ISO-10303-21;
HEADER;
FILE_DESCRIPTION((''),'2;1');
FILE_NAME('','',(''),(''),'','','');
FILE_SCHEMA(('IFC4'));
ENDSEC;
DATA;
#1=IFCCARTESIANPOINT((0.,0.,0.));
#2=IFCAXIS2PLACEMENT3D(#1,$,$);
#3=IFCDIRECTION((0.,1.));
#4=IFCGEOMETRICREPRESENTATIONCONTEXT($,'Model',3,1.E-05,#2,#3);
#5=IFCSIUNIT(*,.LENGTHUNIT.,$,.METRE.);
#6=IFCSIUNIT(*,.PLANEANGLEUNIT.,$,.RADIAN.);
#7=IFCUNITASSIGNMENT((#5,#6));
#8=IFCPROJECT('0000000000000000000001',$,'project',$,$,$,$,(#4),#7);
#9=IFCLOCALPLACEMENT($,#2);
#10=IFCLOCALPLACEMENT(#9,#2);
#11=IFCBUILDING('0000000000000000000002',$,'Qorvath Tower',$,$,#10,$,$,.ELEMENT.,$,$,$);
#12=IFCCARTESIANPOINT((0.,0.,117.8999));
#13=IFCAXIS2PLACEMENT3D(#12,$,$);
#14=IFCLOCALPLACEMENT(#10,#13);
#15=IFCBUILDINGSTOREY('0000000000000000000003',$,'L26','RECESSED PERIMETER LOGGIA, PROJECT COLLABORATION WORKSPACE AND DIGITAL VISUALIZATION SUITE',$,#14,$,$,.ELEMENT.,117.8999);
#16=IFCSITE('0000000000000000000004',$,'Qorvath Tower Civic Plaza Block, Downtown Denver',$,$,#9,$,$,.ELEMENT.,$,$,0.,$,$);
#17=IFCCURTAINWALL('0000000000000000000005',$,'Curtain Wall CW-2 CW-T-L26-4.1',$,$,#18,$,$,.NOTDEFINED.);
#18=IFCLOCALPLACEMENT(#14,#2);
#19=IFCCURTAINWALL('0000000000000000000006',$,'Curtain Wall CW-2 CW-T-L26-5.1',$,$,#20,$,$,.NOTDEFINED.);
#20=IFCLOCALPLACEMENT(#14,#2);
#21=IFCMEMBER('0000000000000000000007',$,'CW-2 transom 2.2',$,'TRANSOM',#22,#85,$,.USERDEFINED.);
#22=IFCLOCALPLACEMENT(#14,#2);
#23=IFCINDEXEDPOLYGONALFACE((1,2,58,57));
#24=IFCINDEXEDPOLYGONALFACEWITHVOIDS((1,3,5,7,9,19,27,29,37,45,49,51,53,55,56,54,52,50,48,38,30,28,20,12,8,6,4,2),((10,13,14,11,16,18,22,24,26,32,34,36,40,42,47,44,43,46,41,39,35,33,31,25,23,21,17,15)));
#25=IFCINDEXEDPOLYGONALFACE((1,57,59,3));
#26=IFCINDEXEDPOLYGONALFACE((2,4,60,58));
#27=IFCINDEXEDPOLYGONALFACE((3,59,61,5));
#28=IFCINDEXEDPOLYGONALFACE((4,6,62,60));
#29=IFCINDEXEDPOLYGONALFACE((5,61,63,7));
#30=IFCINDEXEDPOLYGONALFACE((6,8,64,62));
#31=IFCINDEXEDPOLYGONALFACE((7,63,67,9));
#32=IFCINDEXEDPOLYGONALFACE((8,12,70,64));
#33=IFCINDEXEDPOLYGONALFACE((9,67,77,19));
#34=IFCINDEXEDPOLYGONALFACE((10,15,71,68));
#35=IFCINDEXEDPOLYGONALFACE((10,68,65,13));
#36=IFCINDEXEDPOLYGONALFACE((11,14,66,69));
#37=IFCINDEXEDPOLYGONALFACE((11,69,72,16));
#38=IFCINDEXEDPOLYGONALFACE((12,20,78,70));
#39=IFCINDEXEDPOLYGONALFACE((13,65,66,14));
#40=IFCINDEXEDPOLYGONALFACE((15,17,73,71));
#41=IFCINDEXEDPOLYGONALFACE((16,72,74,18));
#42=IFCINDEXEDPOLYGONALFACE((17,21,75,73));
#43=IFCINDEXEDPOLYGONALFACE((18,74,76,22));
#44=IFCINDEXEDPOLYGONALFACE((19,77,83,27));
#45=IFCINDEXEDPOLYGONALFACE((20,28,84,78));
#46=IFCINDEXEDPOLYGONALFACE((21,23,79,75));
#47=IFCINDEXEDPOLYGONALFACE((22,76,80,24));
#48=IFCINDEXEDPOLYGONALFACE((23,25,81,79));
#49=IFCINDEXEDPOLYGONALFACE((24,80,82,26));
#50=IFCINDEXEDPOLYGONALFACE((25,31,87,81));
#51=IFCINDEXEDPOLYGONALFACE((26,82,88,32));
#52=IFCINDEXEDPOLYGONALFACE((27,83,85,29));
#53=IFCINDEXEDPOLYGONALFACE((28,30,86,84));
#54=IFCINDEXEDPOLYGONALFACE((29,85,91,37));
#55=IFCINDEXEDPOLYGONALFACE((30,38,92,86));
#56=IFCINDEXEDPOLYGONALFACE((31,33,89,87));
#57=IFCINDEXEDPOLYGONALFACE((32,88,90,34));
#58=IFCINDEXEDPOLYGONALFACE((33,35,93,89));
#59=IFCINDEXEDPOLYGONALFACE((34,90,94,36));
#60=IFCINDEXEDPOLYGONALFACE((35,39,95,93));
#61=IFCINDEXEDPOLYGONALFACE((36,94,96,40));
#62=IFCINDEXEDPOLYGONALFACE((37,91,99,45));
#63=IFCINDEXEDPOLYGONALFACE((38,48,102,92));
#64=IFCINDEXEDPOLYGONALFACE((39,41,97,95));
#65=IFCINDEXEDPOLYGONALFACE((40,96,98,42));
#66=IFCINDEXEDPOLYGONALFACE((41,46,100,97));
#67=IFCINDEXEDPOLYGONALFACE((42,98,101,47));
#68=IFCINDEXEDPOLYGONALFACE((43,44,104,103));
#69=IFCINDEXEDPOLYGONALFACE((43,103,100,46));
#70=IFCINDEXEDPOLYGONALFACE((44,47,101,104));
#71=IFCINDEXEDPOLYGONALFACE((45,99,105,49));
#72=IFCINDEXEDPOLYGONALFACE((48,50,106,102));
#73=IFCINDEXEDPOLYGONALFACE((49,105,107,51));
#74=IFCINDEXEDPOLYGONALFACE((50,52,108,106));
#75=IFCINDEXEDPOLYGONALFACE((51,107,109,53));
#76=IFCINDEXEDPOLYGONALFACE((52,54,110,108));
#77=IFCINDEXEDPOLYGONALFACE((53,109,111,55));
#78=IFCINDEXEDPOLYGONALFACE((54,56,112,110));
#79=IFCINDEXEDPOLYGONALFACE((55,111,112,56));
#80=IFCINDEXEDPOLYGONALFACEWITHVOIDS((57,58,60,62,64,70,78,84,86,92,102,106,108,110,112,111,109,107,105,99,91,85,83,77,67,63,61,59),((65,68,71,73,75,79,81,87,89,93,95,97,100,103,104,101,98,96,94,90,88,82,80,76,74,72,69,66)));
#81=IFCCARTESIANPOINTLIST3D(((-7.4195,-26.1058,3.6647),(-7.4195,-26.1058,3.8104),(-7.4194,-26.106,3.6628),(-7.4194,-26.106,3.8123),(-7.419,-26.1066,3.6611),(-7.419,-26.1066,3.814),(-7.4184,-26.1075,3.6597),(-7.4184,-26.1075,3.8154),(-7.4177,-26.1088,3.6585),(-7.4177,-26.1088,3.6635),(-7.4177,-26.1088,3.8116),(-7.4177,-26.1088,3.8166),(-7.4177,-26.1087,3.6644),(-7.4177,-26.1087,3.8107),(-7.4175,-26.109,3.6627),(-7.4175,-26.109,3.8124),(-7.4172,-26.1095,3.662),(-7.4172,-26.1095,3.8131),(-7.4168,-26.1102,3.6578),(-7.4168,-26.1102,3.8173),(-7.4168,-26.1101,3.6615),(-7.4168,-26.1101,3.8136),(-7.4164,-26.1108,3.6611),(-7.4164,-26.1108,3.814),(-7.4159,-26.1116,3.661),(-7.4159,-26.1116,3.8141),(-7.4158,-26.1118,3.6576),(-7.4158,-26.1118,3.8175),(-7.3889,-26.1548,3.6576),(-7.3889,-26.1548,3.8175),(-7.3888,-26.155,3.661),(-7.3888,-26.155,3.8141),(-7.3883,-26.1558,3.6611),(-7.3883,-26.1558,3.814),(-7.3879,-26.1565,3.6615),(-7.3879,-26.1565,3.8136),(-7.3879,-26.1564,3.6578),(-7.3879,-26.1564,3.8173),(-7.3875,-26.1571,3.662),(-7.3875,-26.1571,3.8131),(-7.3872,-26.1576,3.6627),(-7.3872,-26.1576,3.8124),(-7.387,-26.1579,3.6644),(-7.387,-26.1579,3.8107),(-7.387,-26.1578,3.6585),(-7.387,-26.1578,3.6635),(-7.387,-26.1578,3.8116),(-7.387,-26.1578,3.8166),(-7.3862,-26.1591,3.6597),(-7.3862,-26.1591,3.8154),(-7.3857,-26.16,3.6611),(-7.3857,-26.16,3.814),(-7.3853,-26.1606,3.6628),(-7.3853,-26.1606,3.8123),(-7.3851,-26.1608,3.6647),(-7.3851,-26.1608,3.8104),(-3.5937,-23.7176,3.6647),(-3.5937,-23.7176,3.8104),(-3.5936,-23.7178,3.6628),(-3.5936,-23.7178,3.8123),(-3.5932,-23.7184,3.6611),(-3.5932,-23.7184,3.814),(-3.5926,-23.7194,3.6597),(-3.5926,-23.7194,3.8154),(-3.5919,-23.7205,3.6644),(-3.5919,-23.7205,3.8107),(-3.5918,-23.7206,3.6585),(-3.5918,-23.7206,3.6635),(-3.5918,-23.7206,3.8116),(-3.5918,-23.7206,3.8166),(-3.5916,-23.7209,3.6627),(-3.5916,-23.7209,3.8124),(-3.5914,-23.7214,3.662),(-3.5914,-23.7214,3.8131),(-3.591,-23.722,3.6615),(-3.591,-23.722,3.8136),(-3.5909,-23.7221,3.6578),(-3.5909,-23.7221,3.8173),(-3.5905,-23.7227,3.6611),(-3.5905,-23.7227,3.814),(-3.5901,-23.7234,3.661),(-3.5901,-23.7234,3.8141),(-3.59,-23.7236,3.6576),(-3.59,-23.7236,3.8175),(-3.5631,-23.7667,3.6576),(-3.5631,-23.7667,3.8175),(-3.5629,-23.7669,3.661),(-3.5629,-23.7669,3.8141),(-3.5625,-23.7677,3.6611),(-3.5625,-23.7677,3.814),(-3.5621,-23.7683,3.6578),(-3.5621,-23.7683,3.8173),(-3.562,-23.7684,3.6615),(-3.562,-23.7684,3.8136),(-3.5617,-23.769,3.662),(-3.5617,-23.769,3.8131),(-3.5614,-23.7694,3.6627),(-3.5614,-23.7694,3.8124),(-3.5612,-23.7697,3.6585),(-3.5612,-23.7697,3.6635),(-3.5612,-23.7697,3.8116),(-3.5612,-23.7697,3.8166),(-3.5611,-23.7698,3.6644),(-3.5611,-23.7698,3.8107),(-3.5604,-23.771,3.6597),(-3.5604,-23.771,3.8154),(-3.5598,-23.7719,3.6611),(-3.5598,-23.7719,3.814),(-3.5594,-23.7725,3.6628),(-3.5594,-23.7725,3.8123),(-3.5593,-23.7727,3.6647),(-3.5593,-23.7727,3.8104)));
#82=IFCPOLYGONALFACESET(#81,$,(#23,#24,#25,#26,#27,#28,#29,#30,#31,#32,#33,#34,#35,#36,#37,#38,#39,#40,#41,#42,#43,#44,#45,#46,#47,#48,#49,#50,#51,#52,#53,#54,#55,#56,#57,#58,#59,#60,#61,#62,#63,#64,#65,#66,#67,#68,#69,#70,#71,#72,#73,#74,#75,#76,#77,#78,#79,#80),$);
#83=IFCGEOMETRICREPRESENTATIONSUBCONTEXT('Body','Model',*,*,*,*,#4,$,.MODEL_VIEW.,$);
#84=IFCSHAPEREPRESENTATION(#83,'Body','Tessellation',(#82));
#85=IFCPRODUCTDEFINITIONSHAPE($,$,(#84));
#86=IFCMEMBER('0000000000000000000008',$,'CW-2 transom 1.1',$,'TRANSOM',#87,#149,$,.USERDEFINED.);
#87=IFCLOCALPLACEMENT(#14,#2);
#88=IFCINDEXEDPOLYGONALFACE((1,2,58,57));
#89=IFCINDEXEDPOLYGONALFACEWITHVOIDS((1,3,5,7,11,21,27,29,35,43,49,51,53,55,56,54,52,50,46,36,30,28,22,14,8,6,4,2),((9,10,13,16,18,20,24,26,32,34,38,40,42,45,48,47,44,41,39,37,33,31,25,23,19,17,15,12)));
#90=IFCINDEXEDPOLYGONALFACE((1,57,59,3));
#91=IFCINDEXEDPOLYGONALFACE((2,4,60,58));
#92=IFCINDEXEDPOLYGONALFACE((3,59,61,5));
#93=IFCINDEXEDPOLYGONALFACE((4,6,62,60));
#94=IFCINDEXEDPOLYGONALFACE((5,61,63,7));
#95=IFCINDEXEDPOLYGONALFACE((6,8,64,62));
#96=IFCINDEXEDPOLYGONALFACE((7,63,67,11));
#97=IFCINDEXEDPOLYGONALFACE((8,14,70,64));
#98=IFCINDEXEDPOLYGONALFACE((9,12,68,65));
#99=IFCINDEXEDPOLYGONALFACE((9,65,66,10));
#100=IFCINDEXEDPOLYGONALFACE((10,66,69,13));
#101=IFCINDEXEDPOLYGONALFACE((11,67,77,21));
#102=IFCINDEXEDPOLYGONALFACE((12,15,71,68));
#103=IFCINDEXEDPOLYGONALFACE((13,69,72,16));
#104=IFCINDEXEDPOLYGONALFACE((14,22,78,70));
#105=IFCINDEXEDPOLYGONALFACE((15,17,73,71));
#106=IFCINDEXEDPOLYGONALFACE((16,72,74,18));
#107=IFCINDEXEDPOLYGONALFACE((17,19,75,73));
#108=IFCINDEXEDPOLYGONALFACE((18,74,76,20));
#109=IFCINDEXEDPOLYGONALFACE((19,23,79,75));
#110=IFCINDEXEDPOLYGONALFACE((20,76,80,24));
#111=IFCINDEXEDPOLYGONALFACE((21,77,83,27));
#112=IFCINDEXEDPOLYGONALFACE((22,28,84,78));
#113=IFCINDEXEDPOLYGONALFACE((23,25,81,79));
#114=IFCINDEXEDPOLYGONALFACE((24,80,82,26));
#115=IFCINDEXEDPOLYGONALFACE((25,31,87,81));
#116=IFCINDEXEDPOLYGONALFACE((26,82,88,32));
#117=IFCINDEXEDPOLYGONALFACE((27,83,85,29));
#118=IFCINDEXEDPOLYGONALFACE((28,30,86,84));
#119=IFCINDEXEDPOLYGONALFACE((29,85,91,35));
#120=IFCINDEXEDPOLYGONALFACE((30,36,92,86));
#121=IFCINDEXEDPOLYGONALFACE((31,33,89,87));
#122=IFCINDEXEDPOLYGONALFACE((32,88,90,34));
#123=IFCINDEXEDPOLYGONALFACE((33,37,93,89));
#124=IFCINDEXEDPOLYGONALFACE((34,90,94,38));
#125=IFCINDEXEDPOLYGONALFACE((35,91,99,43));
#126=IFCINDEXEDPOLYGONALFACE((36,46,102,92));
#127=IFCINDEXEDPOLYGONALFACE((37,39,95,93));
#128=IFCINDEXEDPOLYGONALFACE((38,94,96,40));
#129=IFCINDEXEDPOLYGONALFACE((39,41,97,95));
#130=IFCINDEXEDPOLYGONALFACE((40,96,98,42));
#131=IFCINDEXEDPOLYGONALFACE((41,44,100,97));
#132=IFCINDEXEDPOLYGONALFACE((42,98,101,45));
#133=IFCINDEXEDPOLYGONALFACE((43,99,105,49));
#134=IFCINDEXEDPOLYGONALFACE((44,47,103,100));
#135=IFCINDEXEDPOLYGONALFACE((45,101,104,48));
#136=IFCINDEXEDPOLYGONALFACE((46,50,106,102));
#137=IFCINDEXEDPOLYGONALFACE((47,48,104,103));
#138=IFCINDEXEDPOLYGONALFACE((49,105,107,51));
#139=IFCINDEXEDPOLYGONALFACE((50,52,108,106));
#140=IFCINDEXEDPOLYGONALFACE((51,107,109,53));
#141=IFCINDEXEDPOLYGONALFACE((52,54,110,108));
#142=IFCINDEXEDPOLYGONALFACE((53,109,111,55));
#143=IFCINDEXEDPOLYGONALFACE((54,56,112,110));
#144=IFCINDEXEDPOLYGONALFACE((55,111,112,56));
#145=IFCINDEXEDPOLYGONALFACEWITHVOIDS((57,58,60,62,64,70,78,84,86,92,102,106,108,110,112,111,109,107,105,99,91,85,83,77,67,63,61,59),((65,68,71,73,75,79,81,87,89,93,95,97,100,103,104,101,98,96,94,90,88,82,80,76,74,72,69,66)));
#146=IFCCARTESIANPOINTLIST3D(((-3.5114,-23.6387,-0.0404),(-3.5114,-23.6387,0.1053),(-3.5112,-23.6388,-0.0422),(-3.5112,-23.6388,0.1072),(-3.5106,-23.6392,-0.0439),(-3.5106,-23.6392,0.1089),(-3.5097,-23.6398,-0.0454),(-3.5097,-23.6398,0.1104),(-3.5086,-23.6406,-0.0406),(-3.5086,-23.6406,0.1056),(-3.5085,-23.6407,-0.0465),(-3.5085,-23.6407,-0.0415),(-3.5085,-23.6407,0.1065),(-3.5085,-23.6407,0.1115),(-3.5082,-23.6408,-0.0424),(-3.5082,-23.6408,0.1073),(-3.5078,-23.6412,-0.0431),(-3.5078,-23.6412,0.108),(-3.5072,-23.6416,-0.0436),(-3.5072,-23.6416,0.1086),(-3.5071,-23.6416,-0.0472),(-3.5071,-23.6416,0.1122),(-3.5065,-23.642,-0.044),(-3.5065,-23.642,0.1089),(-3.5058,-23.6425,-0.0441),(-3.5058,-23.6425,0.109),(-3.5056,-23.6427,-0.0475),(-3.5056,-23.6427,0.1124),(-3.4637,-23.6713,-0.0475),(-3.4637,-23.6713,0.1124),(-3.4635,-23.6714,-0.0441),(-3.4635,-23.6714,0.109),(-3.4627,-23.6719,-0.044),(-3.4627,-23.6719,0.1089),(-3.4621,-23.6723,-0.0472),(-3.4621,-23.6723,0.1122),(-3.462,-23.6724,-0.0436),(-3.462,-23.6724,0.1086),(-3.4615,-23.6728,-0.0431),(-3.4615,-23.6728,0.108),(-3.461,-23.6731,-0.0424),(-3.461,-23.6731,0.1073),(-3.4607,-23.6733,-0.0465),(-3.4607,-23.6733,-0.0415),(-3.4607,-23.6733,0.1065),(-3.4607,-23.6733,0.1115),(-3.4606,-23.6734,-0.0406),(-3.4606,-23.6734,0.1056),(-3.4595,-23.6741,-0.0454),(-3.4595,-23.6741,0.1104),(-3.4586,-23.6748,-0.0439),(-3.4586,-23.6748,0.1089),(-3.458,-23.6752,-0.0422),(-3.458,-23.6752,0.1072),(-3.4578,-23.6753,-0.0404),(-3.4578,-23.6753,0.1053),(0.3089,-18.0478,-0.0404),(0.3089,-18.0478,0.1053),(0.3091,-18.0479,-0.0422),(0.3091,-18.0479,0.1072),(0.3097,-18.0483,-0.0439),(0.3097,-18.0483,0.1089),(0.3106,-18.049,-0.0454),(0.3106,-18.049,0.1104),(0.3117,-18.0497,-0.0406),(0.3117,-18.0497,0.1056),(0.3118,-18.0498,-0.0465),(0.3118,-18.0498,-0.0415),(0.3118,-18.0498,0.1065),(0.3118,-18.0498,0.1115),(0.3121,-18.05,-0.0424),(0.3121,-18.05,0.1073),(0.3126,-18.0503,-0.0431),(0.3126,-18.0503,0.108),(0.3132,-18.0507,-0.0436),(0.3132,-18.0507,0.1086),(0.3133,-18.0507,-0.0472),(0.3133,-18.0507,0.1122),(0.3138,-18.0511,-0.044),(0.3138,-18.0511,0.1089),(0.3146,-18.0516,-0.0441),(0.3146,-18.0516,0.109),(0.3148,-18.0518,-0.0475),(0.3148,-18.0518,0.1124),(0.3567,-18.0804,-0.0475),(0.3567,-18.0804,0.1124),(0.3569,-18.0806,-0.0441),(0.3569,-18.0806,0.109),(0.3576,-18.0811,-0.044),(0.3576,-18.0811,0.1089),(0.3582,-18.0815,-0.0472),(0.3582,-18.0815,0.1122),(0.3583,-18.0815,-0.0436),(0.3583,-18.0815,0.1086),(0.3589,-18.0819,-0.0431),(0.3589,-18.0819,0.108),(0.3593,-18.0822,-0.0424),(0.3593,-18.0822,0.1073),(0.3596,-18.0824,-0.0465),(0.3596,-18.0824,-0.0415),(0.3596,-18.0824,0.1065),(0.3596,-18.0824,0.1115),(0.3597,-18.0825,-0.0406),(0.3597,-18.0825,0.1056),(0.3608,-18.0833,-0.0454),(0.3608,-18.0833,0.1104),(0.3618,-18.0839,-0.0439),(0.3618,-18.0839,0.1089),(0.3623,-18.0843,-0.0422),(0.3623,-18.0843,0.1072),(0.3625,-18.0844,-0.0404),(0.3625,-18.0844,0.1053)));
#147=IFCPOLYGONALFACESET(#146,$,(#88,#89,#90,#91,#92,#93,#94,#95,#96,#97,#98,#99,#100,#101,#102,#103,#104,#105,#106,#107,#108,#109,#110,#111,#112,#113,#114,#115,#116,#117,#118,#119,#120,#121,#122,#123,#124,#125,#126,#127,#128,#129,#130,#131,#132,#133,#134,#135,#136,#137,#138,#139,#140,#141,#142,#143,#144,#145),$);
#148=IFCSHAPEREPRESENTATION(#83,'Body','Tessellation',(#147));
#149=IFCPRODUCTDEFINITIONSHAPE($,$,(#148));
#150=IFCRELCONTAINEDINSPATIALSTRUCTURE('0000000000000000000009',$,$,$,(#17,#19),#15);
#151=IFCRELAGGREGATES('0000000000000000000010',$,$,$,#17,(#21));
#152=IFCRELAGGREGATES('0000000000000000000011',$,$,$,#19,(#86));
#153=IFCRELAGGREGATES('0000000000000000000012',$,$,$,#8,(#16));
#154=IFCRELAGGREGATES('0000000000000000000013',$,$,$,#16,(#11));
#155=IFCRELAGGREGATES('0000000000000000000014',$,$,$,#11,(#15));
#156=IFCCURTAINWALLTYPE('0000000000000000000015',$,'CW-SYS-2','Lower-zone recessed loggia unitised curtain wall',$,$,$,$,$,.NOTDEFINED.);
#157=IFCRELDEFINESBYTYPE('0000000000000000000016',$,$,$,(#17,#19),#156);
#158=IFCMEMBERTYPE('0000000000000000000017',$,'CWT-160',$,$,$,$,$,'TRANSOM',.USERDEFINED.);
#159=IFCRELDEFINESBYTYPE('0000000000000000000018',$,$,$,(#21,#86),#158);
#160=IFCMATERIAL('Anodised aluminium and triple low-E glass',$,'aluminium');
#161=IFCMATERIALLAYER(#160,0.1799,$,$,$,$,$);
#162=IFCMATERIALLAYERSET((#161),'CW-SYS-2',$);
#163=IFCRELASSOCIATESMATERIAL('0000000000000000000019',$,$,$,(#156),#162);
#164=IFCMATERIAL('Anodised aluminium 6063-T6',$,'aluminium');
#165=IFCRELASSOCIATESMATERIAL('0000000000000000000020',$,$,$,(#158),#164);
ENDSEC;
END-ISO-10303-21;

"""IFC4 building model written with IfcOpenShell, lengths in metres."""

from ifc_helpers import new_model, si_unit, direction, frame, origin, origin_2d, place, context, subcontext, project, spatial, hollow_rectangle, extrude, material, layer, layer_set, material_profile, profile_set, type_object, element, aggregate, save


model = new_model("IFC4")

# Units and contexts
model_context = context("Model", 3, precision=1e-05, world=origin(), true_north=direction((0.0, 1.0)))
body_context = subcontext(model_context, "Body", "Model", "MODEL_VIEW")
ifc_project = project(units=[si_unit("LENGTHUNIT", "METRE"), si_unit("PLANEANGLEUNIT", "RADIAN")], contexts=[model_context])

# Site, building, storey
site_placement = place(None, origin())
site = spatial("IfcSite", under=ifc_project, at=site_placement, Name="Qorvath Tower Civic Plaza Block, Downtown Denver", CompositionType="ELEMENT", RefElevation=0.0)
building_placement = place(site_placement, origin())
building = spatial("IfcBuilding", under=site, at=building_placement, Name="Qorvath Tower", CompositionType="ELEMENT")
storey_placement = place(building_placement, frame((0.0, 0.0, 117.8999)))
storey = spatial("IfcBuildingStorey", under=building, at=storey_placement, Name="L26", Description="RECESSED PERIMETER LOGGIA, PROJECT COLLABORATION WORKSPACE AND DIGITAL VISUALIZATION SUITE", CompositionType="ELEMENT", Elevation=117.8999)

# Curtain walls
ifc_material_1 = material(Name="Anodised aluminium and triple low-E glass", Category="aluminium")
ifc_layer_1 = layer(ifc_material_1, 0.1799)
ifc_layer_set_1 = layer_set([ifc_layer_1], Name="CW-SYS-2")
curtain_wall_type = type_object("IfcCurtainWallType", Name="CW-SYS-2", Description="Lower-zone recessed loggia unitised curtain wall", PredefinedType="NOTDEFINED", material=ifc_layer_set_1)
curtain_wall_1_placement = place(storey_placement, origin())
curtain_wall_1 = element("IfcCurtainWall", 1, at=curtain_wall_1_placement, inside=storey, type_object=curtain_wall_type, Name="Curtain Wall CW-2 CW-T-L26-4.1", PredefinedType="NOTDEFINED")
curtain_wall_2_placement = place(storey_placement, origin())
curtain_wall_2 = element("IfcCurtainWall", 2, at=curtain_wall_2_placement, inside=storey, type_object=curtain_wall_type, Name="Curtain Wall CW-2 CW-T-L26-5.1", PredefinedType="NOTDEFINED")

# Members
ifc_material_2 = material(Name="Anodised aluminium 6063-T6", Category="aluminium")
ifc_material_profile_1 = material_profile(ifc_material_2, hollow_rectangle(XDim=0.0649, YDim=0.1599, WallThickness=0.0034, InnerFilletRadius=0.0034, OuterFilletRadius=0.0071, at=origin_2d()), Name="CWT 160x65")
ifc_profile_set_1 = profile_set([ifc_material_profile_1], Name="Anodised aluminium 6063-T6")
member_type_1 = type_object("IfcMemberType", Name="CWT-160", ElementType="TRANSOM", PredefinedType="USERDEFINED", material=ifc_profile_set_1)
member_1_placement = place(storey_placement, frame((-7.4023, -26.1333, 3.7375), z_axis=(0.848299, 0.529517, 0.0), x_axis=(-0.529517, 0.848299, 0.0)))
member_1 = element("IfcMember", 3, at=member_1_placement, type_object=member_type_1, Name="CW-2 transom 2.2", ObjectType="TRANSOM", PredefinedType="USERDEFINED", context=body_context, shape_type="SweptSolid", body=[
    extrude(hollow_rectangle(XDim=0.0649, YDim=0.1599, WallThickness=0.0034, InnerFilletRadius=0.0034, OuterFilletRadius=0.0071, at=origin_2d()), origin(), (0.0, 0.0, 1.0), 4.51),
])
member_2_placement = place(storey_placement, frame((-3.4846, -23.657, 0.0325), z_axis=(0.564182, 0.82565, 0.0), x_axis=(-0.82565, 0.564182, 0.0)))
member_2 = element("IfcMember", 4, at=member_2_placement, type_object=member_type_1, Name="CW-2 transom 1.1", ObjectType="TRANSOM", PredefinedType="USERDEFINED", context=body_context, shape_type="SweptSolid", body=[
    extrude(hollow_rectangle(XDim=0.0649, YDim=0.1599, WallThickness=0.0034, InnerFilletRadius=0.0034, OuterFilletRadius=0.0071, at=origin_2d()), origin(), (0.0, 0.0, 1.0), 6.7715),
])

aggregate(curtain_wall_1, [member_1])
aggregate(curtain_wall_2, [member_2])

save(model, "model.ifc")
